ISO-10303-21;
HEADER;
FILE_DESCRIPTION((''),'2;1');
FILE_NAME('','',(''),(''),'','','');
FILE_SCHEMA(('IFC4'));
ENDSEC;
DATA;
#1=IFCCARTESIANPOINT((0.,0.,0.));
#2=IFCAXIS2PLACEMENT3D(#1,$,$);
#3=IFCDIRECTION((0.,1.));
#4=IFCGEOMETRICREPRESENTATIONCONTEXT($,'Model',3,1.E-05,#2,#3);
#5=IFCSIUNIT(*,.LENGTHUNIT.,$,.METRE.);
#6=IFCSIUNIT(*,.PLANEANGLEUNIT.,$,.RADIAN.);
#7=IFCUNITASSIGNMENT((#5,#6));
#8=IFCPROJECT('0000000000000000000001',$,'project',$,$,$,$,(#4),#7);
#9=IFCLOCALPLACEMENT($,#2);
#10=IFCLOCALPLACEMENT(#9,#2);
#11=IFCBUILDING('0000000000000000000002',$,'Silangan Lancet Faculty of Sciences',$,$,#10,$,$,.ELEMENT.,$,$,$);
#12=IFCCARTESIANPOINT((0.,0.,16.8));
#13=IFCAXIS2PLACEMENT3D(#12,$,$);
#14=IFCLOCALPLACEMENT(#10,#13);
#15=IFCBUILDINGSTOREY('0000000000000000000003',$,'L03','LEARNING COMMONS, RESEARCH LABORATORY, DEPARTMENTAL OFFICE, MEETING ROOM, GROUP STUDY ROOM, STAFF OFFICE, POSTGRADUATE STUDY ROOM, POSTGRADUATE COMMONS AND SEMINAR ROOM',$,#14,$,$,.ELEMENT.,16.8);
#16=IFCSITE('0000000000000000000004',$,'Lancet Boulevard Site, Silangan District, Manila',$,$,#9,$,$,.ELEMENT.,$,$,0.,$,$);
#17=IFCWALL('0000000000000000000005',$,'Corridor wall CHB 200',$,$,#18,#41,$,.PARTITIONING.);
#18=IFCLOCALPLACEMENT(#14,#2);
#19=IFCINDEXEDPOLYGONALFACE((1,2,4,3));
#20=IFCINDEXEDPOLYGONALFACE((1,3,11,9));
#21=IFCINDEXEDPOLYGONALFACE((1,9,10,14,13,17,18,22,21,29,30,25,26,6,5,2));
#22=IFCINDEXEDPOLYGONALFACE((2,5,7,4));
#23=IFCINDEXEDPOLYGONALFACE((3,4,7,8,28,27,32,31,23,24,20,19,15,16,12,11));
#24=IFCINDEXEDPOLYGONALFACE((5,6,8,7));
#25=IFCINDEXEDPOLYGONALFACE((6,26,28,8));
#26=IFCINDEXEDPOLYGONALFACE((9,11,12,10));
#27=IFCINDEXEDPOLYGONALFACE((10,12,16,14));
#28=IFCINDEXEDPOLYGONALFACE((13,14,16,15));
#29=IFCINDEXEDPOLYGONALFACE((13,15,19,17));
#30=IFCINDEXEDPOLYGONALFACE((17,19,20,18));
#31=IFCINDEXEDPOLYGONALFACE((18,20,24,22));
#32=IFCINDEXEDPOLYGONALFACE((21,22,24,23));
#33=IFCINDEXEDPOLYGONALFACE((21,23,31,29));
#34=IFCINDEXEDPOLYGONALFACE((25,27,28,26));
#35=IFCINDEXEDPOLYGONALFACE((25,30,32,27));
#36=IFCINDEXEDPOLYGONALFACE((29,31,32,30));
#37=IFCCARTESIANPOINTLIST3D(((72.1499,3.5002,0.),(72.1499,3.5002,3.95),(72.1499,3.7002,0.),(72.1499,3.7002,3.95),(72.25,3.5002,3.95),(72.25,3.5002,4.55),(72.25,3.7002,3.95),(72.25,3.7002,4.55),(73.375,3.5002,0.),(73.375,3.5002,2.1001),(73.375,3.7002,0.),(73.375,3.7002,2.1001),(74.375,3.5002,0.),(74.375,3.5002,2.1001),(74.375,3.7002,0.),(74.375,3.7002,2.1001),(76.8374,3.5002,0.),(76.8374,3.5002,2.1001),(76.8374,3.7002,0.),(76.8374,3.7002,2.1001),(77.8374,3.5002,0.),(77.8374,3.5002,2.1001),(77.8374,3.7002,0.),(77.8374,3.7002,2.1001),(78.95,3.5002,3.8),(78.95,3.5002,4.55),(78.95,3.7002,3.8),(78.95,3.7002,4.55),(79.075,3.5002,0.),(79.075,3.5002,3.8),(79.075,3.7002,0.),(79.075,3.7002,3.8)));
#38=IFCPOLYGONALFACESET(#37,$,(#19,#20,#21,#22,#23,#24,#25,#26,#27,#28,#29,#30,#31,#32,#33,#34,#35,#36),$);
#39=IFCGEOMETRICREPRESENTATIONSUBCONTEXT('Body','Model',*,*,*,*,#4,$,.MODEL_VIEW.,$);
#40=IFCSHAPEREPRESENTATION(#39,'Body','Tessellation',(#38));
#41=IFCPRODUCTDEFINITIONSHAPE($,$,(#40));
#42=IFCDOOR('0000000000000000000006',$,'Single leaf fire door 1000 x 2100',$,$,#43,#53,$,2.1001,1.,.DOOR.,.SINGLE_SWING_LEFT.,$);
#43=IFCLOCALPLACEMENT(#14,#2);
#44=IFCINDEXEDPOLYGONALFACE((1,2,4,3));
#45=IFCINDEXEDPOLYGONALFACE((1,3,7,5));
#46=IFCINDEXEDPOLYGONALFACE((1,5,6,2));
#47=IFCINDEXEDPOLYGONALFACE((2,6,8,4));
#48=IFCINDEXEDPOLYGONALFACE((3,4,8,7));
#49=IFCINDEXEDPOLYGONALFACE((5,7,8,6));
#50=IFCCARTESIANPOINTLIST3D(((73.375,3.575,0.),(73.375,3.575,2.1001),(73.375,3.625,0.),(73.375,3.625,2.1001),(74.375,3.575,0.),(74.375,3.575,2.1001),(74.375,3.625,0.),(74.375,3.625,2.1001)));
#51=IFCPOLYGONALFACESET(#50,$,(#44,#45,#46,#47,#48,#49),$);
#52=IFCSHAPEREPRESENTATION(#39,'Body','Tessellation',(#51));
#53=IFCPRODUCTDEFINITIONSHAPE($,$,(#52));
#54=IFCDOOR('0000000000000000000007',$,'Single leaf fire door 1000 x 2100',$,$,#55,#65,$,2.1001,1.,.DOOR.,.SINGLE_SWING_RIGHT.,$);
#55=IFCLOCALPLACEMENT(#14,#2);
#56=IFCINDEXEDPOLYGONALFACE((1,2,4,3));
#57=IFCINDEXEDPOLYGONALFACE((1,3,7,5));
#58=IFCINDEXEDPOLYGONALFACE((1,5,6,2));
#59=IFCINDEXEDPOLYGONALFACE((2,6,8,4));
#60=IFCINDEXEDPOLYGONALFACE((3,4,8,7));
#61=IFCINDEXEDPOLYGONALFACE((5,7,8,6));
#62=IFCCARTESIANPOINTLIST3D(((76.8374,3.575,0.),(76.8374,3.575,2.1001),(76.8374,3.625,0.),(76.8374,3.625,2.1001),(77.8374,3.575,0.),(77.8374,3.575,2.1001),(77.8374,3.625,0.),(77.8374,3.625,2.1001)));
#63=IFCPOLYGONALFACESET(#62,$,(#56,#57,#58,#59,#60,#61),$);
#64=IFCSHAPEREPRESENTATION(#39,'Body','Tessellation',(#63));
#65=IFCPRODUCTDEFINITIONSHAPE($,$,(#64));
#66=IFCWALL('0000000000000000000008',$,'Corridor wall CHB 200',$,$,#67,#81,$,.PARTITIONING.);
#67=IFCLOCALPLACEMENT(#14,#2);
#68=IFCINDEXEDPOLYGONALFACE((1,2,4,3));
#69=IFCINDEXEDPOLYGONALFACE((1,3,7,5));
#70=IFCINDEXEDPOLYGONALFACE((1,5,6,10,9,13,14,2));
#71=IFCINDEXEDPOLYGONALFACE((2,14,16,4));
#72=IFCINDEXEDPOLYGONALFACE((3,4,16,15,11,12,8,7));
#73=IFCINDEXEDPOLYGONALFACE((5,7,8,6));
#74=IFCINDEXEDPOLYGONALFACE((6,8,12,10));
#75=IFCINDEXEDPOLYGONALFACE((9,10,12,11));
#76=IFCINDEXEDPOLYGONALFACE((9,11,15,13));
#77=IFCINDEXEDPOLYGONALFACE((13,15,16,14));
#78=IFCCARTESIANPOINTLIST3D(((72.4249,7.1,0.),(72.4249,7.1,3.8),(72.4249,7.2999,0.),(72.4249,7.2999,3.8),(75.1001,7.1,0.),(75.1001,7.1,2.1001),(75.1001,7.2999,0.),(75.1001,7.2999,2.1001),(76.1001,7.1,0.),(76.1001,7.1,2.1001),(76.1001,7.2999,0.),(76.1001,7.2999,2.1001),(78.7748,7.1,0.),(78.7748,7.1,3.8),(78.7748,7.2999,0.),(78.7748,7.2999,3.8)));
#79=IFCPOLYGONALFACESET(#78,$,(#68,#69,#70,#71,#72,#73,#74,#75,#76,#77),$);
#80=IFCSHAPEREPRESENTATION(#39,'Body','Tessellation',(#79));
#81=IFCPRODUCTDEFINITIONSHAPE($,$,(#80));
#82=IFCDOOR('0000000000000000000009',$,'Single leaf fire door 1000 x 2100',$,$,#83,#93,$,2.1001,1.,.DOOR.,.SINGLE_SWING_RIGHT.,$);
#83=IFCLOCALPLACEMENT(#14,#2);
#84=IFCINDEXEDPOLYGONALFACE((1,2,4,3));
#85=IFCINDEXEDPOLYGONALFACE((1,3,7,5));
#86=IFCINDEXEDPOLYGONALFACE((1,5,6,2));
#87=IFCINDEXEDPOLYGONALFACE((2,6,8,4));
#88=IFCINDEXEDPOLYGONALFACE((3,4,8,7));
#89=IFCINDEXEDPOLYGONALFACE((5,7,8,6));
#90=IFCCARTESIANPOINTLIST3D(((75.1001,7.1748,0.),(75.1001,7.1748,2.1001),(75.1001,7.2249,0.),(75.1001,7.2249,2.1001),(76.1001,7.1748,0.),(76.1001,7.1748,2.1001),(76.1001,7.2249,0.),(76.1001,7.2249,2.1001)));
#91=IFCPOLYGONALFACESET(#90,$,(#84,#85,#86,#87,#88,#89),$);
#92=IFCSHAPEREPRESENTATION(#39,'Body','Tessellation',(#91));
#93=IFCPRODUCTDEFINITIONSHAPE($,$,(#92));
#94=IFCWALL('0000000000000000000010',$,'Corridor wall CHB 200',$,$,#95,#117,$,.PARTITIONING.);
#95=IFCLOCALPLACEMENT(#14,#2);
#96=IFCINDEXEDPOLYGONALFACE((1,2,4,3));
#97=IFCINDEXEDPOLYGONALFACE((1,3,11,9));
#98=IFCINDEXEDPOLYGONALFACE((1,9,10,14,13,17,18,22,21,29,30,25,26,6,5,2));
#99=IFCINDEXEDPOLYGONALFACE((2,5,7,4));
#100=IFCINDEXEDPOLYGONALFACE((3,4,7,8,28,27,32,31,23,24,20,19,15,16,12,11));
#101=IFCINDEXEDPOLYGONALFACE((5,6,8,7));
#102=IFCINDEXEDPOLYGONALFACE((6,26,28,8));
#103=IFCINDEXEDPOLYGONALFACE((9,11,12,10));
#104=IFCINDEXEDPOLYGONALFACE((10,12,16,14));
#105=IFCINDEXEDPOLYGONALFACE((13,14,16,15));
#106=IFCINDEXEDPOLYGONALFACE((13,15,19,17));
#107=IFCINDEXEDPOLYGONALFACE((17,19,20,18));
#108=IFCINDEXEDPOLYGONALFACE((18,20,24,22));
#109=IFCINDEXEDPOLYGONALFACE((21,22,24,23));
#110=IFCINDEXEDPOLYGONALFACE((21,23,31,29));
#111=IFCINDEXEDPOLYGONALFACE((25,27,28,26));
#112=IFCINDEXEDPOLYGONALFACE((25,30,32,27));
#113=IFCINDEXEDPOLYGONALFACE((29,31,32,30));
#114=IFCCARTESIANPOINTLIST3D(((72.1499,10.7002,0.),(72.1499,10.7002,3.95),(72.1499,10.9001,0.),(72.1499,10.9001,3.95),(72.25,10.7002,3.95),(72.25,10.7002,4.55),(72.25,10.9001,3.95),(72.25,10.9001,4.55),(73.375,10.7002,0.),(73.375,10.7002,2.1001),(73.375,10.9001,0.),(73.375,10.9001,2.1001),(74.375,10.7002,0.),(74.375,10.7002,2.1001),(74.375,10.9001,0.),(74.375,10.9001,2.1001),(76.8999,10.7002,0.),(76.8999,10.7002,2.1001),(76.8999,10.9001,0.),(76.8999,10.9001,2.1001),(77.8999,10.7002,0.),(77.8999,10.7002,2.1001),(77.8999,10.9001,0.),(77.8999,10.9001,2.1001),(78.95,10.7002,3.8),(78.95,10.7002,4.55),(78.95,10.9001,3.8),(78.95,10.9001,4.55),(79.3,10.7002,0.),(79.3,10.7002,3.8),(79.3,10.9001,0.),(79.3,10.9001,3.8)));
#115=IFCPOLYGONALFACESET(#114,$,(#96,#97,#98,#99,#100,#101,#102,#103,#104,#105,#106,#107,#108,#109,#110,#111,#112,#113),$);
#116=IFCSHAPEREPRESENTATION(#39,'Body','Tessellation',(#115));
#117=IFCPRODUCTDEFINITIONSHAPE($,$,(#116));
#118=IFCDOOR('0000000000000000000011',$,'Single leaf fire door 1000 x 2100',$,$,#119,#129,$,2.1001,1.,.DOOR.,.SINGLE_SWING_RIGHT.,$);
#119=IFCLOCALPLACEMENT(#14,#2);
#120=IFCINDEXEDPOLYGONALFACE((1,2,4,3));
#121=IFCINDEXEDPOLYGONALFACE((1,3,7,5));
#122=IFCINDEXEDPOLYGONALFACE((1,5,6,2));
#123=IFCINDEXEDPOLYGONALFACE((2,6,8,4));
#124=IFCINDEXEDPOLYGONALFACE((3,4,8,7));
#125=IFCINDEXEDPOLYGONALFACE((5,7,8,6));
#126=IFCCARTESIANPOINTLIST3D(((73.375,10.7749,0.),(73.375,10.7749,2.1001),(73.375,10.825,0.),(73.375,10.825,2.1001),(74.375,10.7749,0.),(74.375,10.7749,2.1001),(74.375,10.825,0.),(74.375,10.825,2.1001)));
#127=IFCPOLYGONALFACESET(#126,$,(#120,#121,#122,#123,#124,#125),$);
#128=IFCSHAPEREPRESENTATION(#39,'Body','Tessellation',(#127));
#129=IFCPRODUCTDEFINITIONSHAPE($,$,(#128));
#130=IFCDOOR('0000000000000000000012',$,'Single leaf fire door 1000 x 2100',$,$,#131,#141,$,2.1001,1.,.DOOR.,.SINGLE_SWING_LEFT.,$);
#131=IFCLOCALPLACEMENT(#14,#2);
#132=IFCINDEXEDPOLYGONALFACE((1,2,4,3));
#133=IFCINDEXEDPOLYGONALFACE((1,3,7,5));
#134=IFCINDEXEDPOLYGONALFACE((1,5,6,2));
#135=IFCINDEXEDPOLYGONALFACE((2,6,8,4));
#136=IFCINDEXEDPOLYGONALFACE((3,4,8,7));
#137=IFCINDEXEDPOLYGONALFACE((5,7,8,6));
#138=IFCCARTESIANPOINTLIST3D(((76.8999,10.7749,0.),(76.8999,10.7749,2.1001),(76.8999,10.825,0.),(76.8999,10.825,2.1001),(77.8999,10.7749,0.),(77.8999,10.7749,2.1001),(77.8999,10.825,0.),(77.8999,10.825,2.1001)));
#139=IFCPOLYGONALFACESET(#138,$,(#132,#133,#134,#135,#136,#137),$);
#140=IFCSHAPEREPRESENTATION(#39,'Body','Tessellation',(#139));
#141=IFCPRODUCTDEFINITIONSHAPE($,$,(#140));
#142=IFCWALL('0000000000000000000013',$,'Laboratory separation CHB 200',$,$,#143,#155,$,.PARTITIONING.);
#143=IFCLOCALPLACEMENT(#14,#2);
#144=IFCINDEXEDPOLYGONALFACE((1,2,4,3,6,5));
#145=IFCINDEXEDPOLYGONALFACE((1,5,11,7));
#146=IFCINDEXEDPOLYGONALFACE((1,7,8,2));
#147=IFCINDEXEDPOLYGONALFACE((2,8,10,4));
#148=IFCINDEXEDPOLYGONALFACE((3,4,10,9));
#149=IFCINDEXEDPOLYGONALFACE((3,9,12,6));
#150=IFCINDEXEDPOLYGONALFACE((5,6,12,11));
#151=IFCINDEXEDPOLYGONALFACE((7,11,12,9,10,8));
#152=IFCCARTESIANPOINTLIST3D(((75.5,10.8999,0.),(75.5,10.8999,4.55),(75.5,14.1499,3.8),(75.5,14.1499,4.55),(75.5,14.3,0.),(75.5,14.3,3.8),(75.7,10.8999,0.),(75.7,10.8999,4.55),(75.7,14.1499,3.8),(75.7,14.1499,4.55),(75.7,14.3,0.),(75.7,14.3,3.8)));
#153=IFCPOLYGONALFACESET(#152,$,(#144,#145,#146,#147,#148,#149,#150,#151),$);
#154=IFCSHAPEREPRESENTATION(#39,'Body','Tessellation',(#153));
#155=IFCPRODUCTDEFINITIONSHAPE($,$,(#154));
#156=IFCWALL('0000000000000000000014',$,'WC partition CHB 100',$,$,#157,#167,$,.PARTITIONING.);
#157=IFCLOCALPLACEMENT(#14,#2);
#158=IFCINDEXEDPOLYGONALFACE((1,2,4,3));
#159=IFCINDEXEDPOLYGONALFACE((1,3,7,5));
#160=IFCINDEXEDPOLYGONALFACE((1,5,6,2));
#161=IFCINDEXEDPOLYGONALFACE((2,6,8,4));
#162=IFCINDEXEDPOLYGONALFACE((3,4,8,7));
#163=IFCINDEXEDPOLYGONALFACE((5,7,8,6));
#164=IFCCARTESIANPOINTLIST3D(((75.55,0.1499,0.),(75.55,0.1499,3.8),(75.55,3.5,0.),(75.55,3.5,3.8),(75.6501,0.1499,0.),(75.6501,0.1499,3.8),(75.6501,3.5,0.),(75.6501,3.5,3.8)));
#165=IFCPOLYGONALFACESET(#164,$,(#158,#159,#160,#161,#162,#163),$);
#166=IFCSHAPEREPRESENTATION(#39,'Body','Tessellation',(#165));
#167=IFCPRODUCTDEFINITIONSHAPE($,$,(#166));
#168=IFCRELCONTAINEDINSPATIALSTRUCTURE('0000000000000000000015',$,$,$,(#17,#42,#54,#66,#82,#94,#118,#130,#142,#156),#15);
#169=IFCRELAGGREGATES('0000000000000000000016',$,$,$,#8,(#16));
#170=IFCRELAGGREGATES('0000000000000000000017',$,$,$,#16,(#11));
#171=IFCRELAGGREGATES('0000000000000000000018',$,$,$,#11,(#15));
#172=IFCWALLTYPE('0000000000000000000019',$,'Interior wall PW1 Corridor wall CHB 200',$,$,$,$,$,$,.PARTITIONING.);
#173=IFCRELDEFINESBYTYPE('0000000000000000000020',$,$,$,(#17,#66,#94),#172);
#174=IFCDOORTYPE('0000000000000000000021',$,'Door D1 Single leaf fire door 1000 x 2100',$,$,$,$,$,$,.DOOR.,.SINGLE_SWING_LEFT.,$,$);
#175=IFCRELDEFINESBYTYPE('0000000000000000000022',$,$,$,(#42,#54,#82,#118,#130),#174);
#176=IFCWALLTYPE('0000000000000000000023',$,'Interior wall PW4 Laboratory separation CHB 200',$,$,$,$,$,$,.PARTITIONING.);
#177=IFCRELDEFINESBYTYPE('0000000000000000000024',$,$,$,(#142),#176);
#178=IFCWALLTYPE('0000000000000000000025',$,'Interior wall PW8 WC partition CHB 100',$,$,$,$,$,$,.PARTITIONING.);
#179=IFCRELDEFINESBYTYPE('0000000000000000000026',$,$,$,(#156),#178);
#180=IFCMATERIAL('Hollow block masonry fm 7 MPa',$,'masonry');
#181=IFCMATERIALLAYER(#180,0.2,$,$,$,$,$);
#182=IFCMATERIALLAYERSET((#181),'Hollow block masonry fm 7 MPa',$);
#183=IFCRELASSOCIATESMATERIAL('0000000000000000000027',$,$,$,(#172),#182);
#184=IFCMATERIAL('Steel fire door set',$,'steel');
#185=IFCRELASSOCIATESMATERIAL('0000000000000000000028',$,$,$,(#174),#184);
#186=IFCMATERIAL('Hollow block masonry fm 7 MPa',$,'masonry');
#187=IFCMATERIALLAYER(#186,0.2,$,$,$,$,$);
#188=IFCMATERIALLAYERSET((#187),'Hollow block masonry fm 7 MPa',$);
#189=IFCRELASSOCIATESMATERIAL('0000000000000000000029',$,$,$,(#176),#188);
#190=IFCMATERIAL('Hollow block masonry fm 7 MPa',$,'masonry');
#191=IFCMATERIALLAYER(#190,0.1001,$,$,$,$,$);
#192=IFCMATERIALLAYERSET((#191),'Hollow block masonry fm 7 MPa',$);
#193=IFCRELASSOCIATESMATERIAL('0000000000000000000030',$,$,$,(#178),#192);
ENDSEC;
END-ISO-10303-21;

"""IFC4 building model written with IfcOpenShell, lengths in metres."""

from ifc_helpers import new_model, si_unit, direction, frame, frame_2d, origin, place, context, subcontext, project, spatial, polyline, rectangle, outline, extrude, material, layer, layer_set, type_object, element, fill, save


model = new_model("IFC4")

# Units and contexts
model_context = context("Model", 3, precision=1e-05, world=origin(), true_north=direction((0.0, 1.0)))
body_context = subcontext(model_context, "Body", "Model", "MODEL_VIEW")
ifc_project = project(units=[si_unit("LENGTHUNIT", "METRE"), si_unit("PLANEANGLEUNIT", "RADIAN")], contexts=[model_context])

# Site, building, storey
site_placement = place(None, origin())
site = spatial("IfcSite", under=ifc_project, at=site_placement, Name="Lancet Boulevard Site, Silangan District, Manila", CompositionType="ELEMENT", RefElevation=0.0)
building_placement = place(site_placement, origin())
building = spatial("IfcBuilding", under=site, at=building_placement, Name="Silangan Lancet Faculty of Sciences", CompositionType="ELEMENT")
storey_placement = place(building_placement, frame((0.0, 0.0, 16.8)))
storey = spatial("IfcBuildingStorey", under=building, at=storey_placement, Name="L03", Description="LEARNING COMMONS, RESEARCH LABORATORY, DEPARTMENTAL OFFICE, MEETING ROOM, GROUP STUDY ROOM, STAFF OFFICE, POSTGRADUATE STUDY ROOM, POSTGRADUATE COMMONS AND SEMINAR ROOM", CompositionType="ELEMENT", Elevation=16.8)

# Wall, openings, doors
ifc_material_1 = material(Name="Hollow block masonry fm 7 MPa", Category="masonry")
ifc_layer_1 = layer(ifc_material_1, 0.2)
ifc_layer_set_1 = layer_set([ifc_layer_1], Name="Hollow block masonry fm 7 MPa")
wall_type_1 = type_object("IfcWallType", Name="Interior wall PW1 Corridor wall CHB 200", PredefinedType="PARTITIONING", material=ifc_layer_set_1)
wall_1_placement = place(storey_placement, frame((72.1499, 3.6001, 0.0), z_axis=(0.0, 0.0, 1.0), x_axis=(1.0, 0.0, 0.0)))
wall_1 = element("IfcWall", 1, at=wall_1_placement, inside=storey, type_object=wall_type_1, Name="Corridor wall CHB 200", PredefinedType="PARTITIONING", context=body_context, shape_type="SweptSolid", body=[
    extrude(outline(polyline([(0.0, 0.0), (6.925, 0.0), (6.925, 3.8), (6.8, 3.8), (6.8, 4.55), (0.1001, 4.55), (0.1001, 3.95), (0.0, 3.95), (0.0, 0.0)])), frame((0.0, 0.1001, 0.0), z_axis=(0.0, -1.0, 0.0), x_axis=(1.0, 0.0, 0.0)), (0.0, 0.0, 1.0), 0.2),
])
opening_1_placement = place(wall_1_placement, frame((1.2251, 0.0, 0.0)))
opening_1 = element("IfcOpeningElement", 2, at=opening_1_placement, cuts=wall_1, PredefinedType="OPENING", context=body_context, shape_type="SweptSolid", body=[
    extrude(rectangle(XDim=1.0, YDim=2.1001, at=frame_2d((0.5, 1.05))), frame((0.0, 0.1099, 0.0), z_axis=(0.0, -1.0, 0.0), x_axis=(1.0, 0.0, 0.0)), (0.0, 0.0, 1.0), 0.22),
])
opening_2_placement = place(wall_1_placement, frame((4.6875, 0.0, 0.0)))
opening_2 = element("IfcOpeningElement", 3, at=opening_2_placement, cuts=wall_1, PredefinedType="OPENING", context=body_context, shape_type="SweptSolid", body=[
    extrude(rectangle(XDim=1.0, YDim=2.1001, at=frame_2d((0.5, 1.05))), frame((0.0, 0.1099, 0.0), z_axis=(0.0, -1.0, 0.0), x_axis=(1.0, 0.0, 0.0)), (0.0, 0.0, 1.0), 0.22),
])
ifc_material_2 = material(Name="Steel fire door set", Category="steel")
door_type = type_object("IfcDoorType", Name="Door D1 Single leaf fire door 1000 x 2100", OperationType="SINGLE_SWING_LEFT", PredefinedType="DOOR", material=ifc_material_2)
door_1_placement = place(opening_1_placement, frame((1.0, 0.0, 0.0), z_axis=(0.0, 0.0, 1.0), x_axis=(-1.0, 0.0, 0.0)))
door_1 = element("IfcDoor", 4, at=door_1_placement, inside=storey, type_object=door_type, Name="Single leaf fire door 1000 x 2100", OperationType="SINGLE_SWING_LEFT", OverallHeight=2.1001, OverallWidth=1.0, PredefinedType="DOOR", context=body_context, shape_type="SweptSolid", body=[
    extrude(rectangle(XDim=1.0, YDim=2.1001, at=frame_2d((0.5, 1.05))), frame((0.0, 0.0251, 0.0), z_axis=(0.0, -1.0, 0.0), x_axis=(1.0, 0.0, 0.0)), (0.0, 0.0, 1.0), 0.05),
])
fill(opening_1, door_1)
door_2_placement = place(opening_2_placement, frame((1.0, 0.0, 0.0), z_axis=(0.0, 0.0, 1.0), x_axis=(-1.0, 0.0, 0.0)))
door_2 = element("IfcDoor", 5, at=door_2_placement, inside=storey, type_object=door_type, Name="Single leaf fire door 1000 x 2100", OperationType="SINGLE_SWING_RIGHT", OverallHeight=2.1001, OverallWidth=1.0, PredefinedType="DOOR", context=body_context, shape_type="SweptSolid", body=[
    extrude(rectangle(XDim=1.0, YDim=2.1001, at=frame_2d((0.5, 1.05))), frame((0.0, 0.0251, 0.0), z_axis=(0.0, -1.0, 0.0), x_axis=(1.0, 0.0, 0.0)), (0.0, 0.0, 1.0), 0.05),
])
fill(opening_2, door_2)

# Wall, opening, door
wall_2_placement = place(storey_placement, frame((72.425, 7.2, 0.0), z_axis=(0.0, 0.0, 1.0), x_axis=(1.0, 0.0, 0.0)))
wall_2 = element("IfcWall", 6, at=wall_2_placement, inside=storey, type_object=wall_type_1, Name="Corridor wall CHB 200", PredefinedType="PARTITIONING", context=body_context, shape_type="SweptSolid", body=[
    extrude(rectangle(XDim=6.3499, YDim=0.2, at=frame_2d((3.1748, 0.0))), origin(), (0.0, 0.0, 1.0), 3.8),
])
opening_3_placement = place(wall_2_placement, frame((2.675, 0.0, 0.0)))
opening_3 = element("IfcOpeningElement", 7, at=opening_3_placement, cuts=wall_2, PredefinedType="OPENING", context=body_context, shape_type="SweptSolid", body=[
    extrude(rectangle(XDim=1.0, YDim=2.1001, at=frame_2d((0.5, 1.05))), frame((0.0, 0.1099, 0.0), z_axis=(0.0, -1.0, 0.0), x_axis=(1.0, 0.0, 0.0)), (0.0, 0.0, 1.0), 0.22),
])
door_3_placement = place(opening_3_placement, frame((1.0, 0.0, 0.0), z_axis=(0.0, 0.0, 1.0), x_axis=(-1.0, 0.0, 0.0)))
door_3 = element("IfcDoor", 8, at=door_3_placement, inside=storey, type_object=door_type, Name="Single leaf fire door 1000 x 2100", OperationType="SINGLE_SWING_RIGHT", OverallHeight=2.1001, OverallWidth=1.0, PredefinedType="DOOR", context=body_context, shape_type="SweptSolid", body=[
    extrude(rectangle(XDim=1.0, YDim=2.1001, at=frame_2d((0.5, 1.05))), frame((0.0, 0.0251, 0.0), z_axis=(0.0, -1.0, 0.0), x_axis=(1.0, 0.0, 0.0)), (0.0, 0.0, 1.0), 0.05),
])
fill(opening_3, door_3)

# Wall, openings, doors
wall_3_placement = place(storey_placement, frame((72.1499, 10.8, 0.0), z_axis=(0.0, 0.0, 1.0), x_axis=(1.0, 0.0, 0.0)))
wall_3 = element("IfcWall", 9, at=wall_3_placement, inside=storey, type_object=wall_type_1, Name="Corridor wall CHB 200", PredefinedType="PARTITIONING", context=body_context, shape_type="SweptSolid", body=[
    extrude(outline(polyline([(0.0, 0.0), (7.1501, 0.0), (7.1501, 3.8), (6.8, 3.8), (6.8, 4.55), (0.1001, 4.55), (0.1001, 3.95), (0.0, 3.95), (0.0, 0.0)])), frame((0.0, 0.1001, 0.0), z_axis=(0.0, -1.0, 0.0), x_axis=(1.0, 0.0, 0.0)), (0.0, 0.0, 1.0), 0.2),
])
opening_4_placement = place(wall_3_placement, frame((1.2251, 0.0, 0.0)))
opening_4 = element("IfcOpeningElement", 10, at=opening_4_placement, cuts=wall_3, PredefinedType="OPENING", context=body_context, shape_type="SweptSolid", body=[
    extrude(rectangle(XDim=1.0, YDim=2.1001, at=frame_2d((0.5, 1.05))), frame((0.0, 0.1099, 0.0), z_axis=(0.0, -1.0, 0.0), x_axis=(1.0, 0.0, 0.0)), (0.0, 0.0, 1.0), 0.22),
])
opening_5_placement = place(wall_3_placement, frame((4.75, 0.0, 0.0)))
opening_5 = element("IfcOpeningElement", 11, at=opening_5_placement, cuts=wall_3, PredefinedType="OPENING", context=body_context, shape_type="SweptSolid", body=[
    extrude(rectangle(XDim=1.0, YDim=2.1001, at=frame_2d((0.5, 1.05))), frame((0.0, 0.1099, 0.0), z_axis=(0.0, -1.0, 0.0), x_axis=(1.0, 0.0, 0.0)), (0.0, 0.0, 1.0), 0.22),
])
door_4_placement = place(opening_4_placement, origin())
door_4 = element("IfcDoor", 12, at=door_4_placement, inside=storey, type_object=door_type, Name="Single leaf fire door 1000 x 2100", OperationType="SINGLE_SWING_RIGHT", OverallHeight=2.1001, OverallWidth=1.0, PredefinedType="DOOR", context=body_context, shape_type="SweptSolid", body=[
    extrude(rectangle(XDim=1.0, YDim=2.1001, at=frame_2d((0.5, 1.05))), frame((0.0, 0.0249, 0.0), z_axis=(0.0, -1.0, 0.0), x_axis=(1.0, 0.0, 0.0)), (0.0, 0.0, 1.0), 0.05),
])
fill(opening_4, door_4)
door_5_placement = place(opening_5_placement, origin())
door_5 = element("IfcDoor", 13, at=door_5_placement, inside=storey, type_object=door_type, Name="Single leaf fire door 1000 x 2100", OperationType="SINGLE_SWING_LEFT", OverallHeight=2.1001, OverallWidth=1.0, PredefinedType="DOOR", context=body_context, shape_type="SweptSolid", body=[
    extrude(rectangle(XDim=1.0, YDim=2.1001, at=frame_2d((0.5, 1.05))), frame((0.0, 0.0249, 0.0), z_axis=(0.0, -1.0, 0.0), x_axis=(1.0, 0.0, 0.0)), (0.0, 0.0, 1.0), 0.05),
])
fill(opening_5, door_5)

# Walls
ifc_material_3 = material(Name="Hollow block masonry fm 7 MPa", Category="masonry")
ifc_layer_2 = layer(ifc_material_3, 0.2)
ifc_layer_set_2 = layer_set([ifc_layer_2], Name="Hollow block masonry fm 7 MPa")
wall_type_2 = type_object("IfcWallType", Name="Interior wall PW4 Laboratory separation CHB 200", PredefinedType="PARTITIONING", material=ifc_layer_set_2)
wall_4_placement = place(storey_placement, frame((75.6001, 10.8999, 0.0), z_axis=(0.0, 0.0, 1.0), x_axis=(0.0, 1.0, 0.0)))
element("IfcWall", 14, at=wall_4_placement, inside=storey, type_object=wall_type_2, Name="Laboratory separation CHB 200", PredefinedType="PARTITIONING", context=body_context, shape_type="SweptSolid", body=[
    extrude(outline(polyline([(0.0, 0.0), (3.4001, 0.0), (3.4001, 3.8), (3.25, 3.8), (3.25, 4.55), (0.0, 4.55), (0.0, 0.0)])), frame((0.0, 0.1001, 0.0), z_axis=(0.0, -1.0, 0.0), x_axis=(1.0, 0.0, 0.0)), (0.0, 0.0, 1.0), 0.2),
])
ifc_material_4 = material(Name="Hollow block masonry fm 7 MPa", Category="masonry")
ifc_layer_3 = layer(ifc_material_4, 0.1001)
ifc_layer_set_3 = layer_set([ifc_layer_3], Name="Hollow block masonry fm 7 MPa")
wall_type_3 = type_object("IfcWallType", Name="Interior wall PW8 WC partition CHB 100", PredefinedType="PARTITIONING", material=ifc_layer_set_3)
wall_5_placement = place(storey_placement, frame((75.6001, 0.1499, 0.0), z_axis=(0.0, 0.0, 1.0), x_axis=(0.0, 1.0, 0.0)))
element("IfcWall", 15, at=wall_5_placement, inside=storey, type_object=wall_type_3, Name="WC partition CHB 100", PredefinedType="PARTITIONING", context=body_context, shape_type="SweptSolid", body=[
    extrude(rectangle(XDim=3.3501, YDim=0.1001, at=frame_2d((1.675, 0.0))), origin(), (0.0, 0.0, 1.0), 3.8),
])

save(model, "model.ifc")
